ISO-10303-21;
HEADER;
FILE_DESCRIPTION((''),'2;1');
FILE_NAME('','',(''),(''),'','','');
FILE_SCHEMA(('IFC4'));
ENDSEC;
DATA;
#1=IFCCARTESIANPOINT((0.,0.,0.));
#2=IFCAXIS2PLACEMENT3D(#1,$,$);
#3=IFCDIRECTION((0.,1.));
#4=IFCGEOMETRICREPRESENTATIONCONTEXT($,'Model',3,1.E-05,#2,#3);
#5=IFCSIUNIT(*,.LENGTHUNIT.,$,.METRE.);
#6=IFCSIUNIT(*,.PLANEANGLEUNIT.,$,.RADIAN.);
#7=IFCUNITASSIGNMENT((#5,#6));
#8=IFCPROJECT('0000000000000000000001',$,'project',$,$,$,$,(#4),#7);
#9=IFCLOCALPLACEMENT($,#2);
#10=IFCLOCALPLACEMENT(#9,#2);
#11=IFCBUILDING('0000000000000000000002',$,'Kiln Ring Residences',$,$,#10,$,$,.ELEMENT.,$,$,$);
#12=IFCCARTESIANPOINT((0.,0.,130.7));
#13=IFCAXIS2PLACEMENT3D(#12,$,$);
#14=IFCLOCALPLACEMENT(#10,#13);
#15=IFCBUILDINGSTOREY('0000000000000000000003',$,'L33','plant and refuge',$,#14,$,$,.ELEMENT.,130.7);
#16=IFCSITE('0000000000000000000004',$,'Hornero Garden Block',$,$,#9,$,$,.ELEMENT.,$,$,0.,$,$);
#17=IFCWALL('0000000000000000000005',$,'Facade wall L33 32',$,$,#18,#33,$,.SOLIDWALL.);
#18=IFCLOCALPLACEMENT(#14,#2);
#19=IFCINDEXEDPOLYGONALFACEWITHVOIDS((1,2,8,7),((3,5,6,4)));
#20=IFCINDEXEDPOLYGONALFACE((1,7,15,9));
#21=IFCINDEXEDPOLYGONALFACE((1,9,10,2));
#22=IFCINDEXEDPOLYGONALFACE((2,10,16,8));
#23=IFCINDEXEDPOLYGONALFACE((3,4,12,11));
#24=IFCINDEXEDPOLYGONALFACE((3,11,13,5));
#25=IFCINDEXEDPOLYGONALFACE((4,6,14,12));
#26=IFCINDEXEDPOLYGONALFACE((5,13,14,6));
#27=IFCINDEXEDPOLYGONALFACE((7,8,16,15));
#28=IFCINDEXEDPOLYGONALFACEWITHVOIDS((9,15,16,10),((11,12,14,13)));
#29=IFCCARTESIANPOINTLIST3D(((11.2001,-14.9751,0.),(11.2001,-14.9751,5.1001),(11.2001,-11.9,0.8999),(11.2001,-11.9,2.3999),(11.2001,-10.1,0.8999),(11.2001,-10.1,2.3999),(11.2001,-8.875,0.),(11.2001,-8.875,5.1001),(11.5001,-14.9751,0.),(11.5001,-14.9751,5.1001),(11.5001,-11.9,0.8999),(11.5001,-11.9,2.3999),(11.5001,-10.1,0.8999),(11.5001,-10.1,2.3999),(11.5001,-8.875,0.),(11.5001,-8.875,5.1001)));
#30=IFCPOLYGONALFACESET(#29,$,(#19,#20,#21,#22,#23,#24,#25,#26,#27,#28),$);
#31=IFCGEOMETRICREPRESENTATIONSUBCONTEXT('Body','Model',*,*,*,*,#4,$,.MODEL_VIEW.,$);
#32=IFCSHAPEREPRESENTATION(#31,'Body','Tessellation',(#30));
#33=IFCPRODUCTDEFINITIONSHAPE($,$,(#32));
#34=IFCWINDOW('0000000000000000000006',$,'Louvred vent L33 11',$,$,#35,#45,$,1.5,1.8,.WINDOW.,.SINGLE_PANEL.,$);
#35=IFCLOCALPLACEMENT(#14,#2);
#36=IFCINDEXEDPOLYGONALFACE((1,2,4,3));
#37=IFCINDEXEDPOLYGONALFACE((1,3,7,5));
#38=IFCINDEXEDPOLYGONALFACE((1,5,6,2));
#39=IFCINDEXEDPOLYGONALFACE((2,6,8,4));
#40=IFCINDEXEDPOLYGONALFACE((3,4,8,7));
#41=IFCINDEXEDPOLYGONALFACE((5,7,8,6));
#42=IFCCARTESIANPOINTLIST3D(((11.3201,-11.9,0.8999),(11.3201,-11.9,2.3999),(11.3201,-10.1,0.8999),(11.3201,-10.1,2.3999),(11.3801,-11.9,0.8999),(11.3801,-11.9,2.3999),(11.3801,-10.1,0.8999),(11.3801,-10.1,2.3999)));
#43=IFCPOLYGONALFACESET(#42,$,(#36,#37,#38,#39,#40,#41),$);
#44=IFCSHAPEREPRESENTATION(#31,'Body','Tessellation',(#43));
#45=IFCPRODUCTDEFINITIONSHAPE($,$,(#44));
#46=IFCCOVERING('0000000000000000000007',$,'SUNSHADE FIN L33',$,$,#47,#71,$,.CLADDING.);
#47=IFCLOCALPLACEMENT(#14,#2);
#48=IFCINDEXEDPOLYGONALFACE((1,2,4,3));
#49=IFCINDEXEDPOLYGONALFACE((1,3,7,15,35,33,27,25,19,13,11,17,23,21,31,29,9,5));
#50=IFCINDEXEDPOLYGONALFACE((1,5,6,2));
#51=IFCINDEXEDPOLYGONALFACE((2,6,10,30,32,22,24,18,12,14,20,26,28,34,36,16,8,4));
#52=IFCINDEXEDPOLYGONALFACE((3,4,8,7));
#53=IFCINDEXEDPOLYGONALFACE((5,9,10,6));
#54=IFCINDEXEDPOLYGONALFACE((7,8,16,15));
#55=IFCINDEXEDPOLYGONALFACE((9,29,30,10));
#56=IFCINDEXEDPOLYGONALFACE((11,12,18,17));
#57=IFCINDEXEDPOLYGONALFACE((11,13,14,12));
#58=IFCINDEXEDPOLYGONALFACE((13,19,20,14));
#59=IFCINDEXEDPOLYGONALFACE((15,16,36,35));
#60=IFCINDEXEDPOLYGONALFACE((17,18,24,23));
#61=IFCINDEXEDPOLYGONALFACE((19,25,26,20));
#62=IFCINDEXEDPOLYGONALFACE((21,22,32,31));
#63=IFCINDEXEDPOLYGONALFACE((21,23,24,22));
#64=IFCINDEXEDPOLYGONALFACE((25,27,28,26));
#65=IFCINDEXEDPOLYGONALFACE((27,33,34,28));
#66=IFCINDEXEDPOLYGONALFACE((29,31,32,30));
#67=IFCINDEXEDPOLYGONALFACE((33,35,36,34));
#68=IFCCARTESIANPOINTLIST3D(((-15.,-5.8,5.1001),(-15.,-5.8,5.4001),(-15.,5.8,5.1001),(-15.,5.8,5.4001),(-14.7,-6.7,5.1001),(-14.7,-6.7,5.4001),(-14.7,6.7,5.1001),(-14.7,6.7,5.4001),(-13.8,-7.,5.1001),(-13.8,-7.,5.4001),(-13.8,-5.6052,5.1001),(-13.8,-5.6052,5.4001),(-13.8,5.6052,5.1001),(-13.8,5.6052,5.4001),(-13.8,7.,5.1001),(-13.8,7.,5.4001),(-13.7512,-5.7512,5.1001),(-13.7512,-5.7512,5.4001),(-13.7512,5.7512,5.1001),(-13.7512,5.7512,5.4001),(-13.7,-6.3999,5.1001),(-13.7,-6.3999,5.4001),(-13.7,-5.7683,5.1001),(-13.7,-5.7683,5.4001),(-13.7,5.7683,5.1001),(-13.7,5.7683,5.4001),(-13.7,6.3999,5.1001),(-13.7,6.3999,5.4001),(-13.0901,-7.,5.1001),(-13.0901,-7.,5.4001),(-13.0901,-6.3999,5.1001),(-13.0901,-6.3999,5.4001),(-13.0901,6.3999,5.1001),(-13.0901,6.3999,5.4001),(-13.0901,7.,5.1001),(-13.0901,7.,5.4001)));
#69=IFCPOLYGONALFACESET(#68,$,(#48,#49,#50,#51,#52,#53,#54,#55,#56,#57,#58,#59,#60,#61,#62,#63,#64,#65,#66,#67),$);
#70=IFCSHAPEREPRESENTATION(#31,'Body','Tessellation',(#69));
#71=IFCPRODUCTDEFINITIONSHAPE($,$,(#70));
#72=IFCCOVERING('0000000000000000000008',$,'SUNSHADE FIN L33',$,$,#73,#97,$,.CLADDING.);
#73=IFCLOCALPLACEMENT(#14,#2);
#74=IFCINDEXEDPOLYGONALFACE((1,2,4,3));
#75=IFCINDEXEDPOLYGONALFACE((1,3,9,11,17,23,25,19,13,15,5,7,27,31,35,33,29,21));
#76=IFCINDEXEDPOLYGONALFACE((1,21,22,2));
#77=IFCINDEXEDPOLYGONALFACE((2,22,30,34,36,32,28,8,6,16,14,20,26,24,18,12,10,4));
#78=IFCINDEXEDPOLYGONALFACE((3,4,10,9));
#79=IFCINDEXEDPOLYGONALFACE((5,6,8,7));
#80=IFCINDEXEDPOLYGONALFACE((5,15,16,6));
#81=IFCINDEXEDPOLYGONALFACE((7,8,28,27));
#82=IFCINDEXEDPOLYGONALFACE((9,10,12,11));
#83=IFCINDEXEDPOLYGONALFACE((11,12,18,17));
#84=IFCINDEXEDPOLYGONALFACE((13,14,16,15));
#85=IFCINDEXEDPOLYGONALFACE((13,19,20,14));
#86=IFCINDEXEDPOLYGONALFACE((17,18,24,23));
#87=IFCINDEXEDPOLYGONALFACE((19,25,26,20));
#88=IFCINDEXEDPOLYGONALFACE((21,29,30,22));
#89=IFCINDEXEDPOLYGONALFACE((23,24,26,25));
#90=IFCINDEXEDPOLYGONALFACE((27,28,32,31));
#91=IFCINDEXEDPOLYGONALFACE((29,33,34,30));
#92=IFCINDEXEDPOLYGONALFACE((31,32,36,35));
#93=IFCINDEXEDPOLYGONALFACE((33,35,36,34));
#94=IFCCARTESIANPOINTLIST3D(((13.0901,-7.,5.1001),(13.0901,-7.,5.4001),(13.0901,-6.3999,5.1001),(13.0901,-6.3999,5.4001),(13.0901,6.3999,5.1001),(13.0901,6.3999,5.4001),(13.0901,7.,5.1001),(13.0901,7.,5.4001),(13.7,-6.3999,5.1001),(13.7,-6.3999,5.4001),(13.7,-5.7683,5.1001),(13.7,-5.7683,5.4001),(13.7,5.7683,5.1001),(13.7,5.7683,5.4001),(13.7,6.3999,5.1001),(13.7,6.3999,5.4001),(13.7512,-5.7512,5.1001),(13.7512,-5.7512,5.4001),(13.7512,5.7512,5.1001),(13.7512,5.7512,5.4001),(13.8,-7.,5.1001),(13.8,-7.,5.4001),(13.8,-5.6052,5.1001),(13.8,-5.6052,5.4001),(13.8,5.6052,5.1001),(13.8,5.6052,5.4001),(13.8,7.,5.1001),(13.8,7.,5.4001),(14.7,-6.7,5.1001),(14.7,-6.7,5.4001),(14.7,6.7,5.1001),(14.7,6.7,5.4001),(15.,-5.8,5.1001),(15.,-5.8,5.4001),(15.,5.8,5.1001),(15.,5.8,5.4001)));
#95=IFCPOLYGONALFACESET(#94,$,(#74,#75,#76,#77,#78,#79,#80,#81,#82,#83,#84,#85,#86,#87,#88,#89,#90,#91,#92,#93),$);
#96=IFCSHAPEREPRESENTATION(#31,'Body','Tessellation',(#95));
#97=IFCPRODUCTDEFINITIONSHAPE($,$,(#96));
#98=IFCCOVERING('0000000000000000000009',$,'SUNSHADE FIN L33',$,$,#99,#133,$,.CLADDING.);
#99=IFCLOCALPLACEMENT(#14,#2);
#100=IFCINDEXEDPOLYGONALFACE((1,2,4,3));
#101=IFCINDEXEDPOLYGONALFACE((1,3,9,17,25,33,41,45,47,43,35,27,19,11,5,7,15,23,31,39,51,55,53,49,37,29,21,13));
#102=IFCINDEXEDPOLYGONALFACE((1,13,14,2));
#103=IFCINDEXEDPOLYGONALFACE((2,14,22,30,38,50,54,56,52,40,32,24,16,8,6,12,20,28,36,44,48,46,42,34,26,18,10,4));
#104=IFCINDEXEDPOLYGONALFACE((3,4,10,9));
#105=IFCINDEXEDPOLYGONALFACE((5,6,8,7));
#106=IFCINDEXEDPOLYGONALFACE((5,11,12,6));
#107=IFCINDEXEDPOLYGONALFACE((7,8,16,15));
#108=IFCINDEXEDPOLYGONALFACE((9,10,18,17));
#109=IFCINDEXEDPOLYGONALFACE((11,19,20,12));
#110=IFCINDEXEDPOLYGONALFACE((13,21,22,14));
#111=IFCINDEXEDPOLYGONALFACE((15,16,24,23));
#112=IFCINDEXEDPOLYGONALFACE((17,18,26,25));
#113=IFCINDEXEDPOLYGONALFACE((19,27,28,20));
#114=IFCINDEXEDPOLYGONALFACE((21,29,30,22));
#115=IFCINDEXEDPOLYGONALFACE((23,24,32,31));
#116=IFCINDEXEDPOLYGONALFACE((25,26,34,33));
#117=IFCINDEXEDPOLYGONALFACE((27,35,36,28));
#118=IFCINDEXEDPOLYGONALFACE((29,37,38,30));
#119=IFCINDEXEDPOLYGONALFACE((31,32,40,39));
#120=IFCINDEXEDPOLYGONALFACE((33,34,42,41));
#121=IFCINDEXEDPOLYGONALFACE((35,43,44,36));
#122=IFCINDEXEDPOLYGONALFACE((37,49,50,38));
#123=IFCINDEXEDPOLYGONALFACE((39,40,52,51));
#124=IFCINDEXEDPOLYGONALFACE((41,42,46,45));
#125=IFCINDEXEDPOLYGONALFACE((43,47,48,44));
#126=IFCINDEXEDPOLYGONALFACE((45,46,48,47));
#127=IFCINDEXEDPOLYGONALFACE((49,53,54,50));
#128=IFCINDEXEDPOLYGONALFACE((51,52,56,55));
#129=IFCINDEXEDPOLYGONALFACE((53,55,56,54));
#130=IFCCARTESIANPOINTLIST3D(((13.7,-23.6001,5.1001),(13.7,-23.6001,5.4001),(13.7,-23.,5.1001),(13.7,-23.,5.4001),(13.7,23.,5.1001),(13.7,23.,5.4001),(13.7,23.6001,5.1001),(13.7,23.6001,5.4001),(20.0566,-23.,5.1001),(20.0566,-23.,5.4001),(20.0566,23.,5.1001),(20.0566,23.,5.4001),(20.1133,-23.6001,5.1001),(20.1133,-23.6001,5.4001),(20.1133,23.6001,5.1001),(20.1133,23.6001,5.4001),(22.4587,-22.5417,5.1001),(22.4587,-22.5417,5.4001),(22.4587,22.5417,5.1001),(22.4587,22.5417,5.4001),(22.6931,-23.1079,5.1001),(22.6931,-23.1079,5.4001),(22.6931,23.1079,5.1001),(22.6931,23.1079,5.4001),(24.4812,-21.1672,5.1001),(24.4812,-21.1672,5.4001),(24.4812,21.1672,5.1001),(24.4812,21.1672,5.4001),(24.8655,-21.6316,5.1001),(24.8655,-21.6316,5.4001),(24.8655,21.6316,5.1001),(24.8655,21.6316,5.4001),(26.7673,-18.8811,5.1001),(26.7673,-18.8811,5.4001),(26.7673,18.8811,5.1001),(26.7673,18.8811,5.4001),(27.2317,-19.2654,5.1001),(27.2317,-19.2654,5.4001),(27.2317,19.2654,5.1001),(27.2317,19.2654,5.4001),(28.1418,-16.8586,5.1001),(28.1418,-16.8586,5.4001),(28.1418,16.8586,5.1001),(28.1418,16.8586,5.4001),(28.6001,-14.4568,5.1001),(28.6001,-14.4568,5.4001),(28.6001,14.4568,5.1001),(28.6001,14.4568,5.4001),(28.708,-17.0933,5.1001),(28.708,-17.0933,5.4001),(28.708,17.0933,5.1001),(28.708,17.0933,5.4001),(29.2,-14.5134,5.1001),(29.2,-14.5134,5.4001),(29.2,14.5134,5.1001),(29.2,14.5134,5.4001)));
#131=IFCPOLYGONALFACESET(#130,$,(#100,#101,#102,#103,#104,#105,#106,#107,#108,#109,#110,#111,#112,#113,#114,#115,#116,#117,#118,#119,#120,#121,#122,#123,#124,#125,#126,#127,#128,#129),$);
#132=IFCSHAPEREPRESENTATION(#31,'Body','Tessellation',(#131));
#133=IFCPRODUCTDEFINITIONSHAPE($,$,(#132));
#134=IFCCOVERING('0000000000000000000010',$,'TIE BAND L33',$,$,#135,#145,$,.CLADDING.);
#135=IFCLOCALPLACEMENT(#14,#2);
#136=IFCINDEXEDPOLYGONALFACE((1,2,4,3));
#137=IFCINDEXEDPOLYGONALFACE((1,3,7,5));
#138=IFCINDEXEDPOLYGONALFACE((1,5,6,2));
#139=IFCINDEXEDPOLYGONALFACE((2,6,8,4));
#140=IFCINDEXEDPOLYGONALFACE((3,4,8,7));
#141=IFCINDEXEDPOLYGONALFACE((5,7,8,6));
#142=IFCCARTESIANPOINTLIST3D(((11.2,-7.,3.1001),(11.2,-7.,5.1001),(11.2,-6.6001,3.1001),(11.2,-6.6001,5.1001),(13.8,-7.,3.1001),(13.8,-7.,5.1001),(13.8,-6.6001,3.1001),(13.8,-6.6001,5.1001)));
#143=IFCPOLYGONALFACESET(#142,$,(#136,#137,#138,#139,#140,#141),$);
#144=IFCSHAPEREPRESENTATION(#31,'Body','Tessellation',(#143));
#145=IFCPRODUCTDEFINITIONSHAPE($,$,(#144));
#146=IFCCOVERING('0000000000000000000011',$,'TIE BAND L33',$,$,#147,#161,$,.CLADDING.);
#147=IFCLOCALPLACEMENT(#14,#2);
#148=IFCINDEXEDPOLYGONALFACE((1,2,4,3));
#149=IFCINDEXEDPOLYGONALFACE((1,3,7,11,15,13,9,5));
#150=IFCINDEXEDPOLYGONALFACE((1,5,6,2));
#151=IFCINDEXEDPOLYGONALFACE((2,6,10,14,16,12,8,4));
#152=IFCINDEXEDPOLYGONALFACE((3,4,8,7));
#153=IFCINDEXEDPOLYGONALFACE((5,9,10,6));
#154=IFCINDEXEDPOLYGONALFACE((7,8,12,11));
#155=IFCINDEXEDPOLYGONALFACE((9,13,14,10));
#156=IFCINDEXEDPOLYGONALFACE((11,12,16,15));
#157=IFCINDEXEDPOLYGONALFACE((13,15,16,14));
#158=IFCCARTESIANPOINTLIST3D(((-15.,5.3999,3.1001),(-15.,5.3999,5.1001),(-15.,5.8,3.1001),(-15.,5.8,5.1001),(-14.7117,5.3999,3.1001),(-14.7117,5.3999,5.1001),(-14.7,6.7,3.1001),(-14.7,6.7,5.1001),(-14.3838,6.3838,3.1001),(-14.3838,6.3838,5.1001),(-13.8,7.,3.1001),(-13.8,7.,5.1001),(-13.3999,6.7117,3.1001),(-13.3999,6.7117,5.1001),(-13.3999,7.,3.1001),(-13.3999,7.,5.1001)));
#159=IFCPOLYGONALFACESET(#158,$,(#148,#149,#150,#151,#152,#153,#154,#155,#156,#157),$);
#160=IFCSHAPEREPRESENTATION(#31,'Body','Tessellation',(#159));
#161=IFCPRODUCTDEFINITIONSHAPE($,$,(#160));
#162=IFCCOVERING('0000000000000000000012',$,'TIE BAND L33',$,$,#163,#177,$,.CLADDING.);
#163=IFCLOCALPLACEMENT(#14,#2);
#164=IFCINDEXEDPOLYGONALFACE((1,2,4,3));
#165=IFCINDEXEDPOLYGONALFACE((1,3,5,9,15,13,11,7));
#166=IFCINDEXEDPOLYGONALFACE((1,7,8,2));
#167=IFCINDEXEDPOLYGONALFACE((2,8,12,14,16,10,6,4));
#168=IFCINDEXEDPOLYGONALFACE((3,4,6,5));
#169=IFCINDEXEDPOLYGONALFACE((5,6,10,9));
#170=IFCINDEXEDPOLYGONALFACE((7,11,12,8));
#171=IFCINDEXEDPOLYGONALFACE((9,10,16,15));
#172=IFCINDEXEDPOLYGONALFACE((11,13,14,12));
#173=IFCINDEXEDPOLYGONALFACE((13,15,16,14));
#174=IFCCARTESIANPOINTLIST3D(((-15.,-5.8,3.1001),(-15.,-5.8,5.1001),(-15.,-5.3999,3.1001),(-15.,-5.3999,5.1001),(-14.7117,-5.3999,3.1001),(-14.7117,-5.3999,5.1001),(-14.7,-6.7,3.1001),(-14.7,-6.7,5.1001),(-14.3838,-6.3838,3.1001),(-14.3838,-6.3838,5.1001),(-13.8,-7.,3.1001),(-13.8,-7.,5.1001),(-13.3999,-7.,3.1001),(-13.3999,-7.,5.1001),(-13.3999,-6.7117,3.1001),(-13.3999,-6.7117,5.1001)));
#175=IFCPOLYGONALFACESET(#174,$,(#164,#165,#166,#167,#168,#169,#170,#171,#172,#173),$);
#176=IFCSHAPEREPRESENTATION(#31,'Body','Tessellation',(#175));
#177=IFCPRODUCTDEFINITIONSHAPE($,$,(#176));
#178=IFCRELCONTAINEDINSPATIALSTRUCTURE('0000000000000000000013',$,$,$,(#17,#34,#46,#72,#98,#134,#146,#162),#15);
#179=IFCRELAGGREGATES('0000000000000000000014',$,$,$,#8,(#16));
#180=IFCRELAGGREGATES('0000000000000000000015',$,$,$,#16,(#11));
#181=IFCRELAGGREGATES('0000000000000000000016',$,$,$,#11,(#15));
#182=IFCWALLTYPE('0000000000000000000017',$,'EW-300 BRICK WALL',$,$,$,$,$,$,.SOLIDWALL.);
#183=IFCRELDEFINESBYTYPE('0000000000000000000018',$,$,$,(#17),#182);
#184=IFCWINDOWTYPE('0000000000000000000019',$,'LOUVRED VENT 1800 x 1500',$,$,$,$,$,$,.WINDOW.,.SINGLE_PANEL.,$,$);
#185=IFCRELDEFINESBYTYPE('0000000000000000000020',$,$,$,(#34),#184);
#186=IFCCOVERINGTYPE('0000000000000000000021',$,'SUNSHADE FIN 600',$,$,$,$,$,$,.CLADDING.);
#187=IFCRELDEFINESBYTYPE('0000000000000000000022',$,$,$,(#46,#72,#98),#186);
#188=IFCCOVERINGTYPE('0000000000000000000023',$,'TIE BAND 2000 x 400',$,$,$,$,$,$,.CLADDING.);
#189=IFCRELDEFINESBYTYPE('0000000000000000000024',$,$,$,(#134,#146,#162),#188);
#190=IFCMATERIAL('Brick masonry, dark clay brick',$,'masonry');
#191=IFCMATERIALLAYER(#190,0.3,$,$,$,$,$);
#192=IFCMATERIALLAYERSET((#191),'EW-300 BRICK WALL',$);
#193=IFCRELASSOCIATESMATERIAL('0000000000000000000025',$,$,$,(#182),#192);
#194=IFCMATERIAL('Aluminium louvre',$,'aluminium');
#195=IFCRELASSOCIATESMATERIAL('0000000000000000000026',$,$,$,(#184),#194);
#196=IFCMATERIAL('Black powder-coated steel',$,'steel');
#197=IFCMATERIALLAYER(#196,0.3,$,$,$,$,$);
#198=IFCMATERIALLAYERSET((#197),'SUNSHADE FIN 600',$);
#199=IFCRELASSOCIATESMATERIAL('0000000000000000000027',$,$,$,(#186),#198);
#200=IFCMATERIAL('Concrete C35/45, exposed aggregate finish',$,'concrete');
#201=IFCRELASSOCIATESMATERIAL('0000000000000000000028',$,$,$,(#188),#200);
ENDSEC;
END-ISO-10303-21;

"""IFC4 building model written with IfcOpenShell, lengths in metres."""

from ifc_helpers import new_model, si_unit, direction, frame, frame_2d, origin, origin_2d, place, context, subcontext, project, spatial, polyline, rectangle, outline, extrude, material, layer, layer_set, type_object, element, fill, save


model = new_model("IFC4")

# Units and contexts
model_context = context("Model", 3, precision=1e-05, world=origin(), true_north=direction((0.0, 1.0)))
body_context = subcontext(model_context, "Body", "Model", "MODEL_VIEW")
ifc_project = project(units=[si_unit("LENGTHUNIT", "METRE"), si_unit("PLANEANGLEUNIT", "RADIAN")], contexts=[model_context])

# Site, building, storey
site_placement = place(None, origin())
site = spatial("IfcSite", under=ifc_project, at=site_placement, Name="Hornero Garden Block", CompositionType="ELEMENT", RefElevation=0.0)
building_placement = place(site_placement, origin())
building = spatial("IfcBuilding", under=site, at=building_placement, Name="Kiln Ring Residences", CompositionType="ELEMENT")
storey_placement = place(building_placement, frame((0.0, 0.0, 130.7)))
storey = spatial("IfcBuildingStorey", under=building, at=storey_placement, Name="L33", Description="plant and refuge", CompositionType="ELEMENT", Elevation=130.7)

# Shared definitions
ifc_material_1 = material(Name="Brick masonry, dark clay brick", Category="masonry")
ifc_layer_1 = layer(ifc_material_1, 0.3)
ifc_layer_set_1 = layer_set([ifc_layer_1], Name="EW-300 BRICK WALL")
wall_type_1 = type_object("IfcWallType", Name="EW-300 BRICK WALL", PredefinedType="SOLIDWALL", material=ifc_layer_set_1)
ifc_material_2 = material(Name="Aluminium louvre", Category="aluminium")
window_type = type_object("IfcWindowType", Name="LOUVRED VENT 1800 x 1500", PartitioningType="SINGLE_PANEL", PredefinedType="WINDOW", material=ifc_material_2)

# Wall, opening, window
wall_1_placement = place(storey_placement, frame((11.3501, -8.875, 0.0), z_axis=(0.0, 0.0, 1.0), x_axis=(0.0, -1.0, 0.0)))
wall_1 = element("IfcWall", 1, at=wall_1_placement, inside=storey, type_object=wall_type_1, Name="Facade wall L33 32", PredefinedType="SOLIDWALL", context=body_context, shape_type="SweptSolid", body=[
    extrude(rectangle(XDim=6.1001, YDim=0.3, at=frame_2d((3.05, 0.0))), origin(), (0.0, 0.0, 1.0), 5.1001),
])
opening_1_placement = place(wall_1_placement, frame((1.2251, 0.0, 0.8999)))
opening_1 = element("IfcOpeningElement", 2, at=opening_1_placement, cuts=wall_1, PredefinedType="OPENING", context=body_context, shape_type="SweptSolid", body=[
    extrude(rectangle(XDim=1.8, YDim=1.5, at=frame_2d((0.8999, 0.75))), frame((0.0, 0.1599, 0.0), z_axis=(0.0, -1.0, 0.0), x_axis=(1.0, 0.0, 0.0)), (0.0, 0.0, 1.0), 0.3201),
])
window_1_placement = place(opening_1_placement, origin())
window_1 = element("IfcWindow", 3, at=window_1_placement, inside=storey, type_object=window_type, Name="Louvred vent L33 11", OverallHeight=1.5, OverallWidth=1.8, PartitioningType="SINGLE_PANEL", PredefinedType="WINDOW", context=body_context, shape_type="SweptSolid", body=[
    extrude(rectangle(XDim=1.8, YDim=1.5, at=frame_2d((0.8999, 0.75))), frame((0.0, 0.03, 0.0), z_axis=(0.0, -1.0, 0.0), x_axis=(1.0, 0.0, 0.0)), (0.0, 0.0, 1.0), 0.0601),
])
fill(opening_1, window_1)

# Coverings
ifc_material_3 = material(Name="Black powder-coated steel", Category="steel")
ifc_layer_2 = layer(ifc_material_3, 0.3)
ifc_layer_set_2 = layer_set([ifc_layer_2], Name="SUNSHADE FIN 600")
covering_type_1 = type_object("IfcCoveringType", Name="SUNSHADE FIN 600", PredefinedType="CLADDING", material=ifc_layer_set_2)
placement_1 = place(storey_placement, frame((0.0, 0.0, 5.1001)))
element("IfcCovering", 4, at=placement_1, inside=storey, type_object=covering_type_1, Name="SUNSHADE FIN L33", PredefinedType="CLADDING", context=body_context, shape_type="SweptSolid", body=[
    extrude(outline(polyline([(-13.7, 5.7683), (-13.7, 6.3999), (-13.0901, 6.3999), (-13.0901, 7.0), (-13.8, 7.0), (-14.7, 6.7), (-15.0, 5.8), (-15.0, -5.8), (-14.7, -6.7), (-13.8, -7.0), (-13.0901, -7.0), (-13.0901, -6.3999), (-13.7, -6.3999), (-13.7, -5.7683), (-13.7512, -5.7512), (-13.8, -5.6052), (-13.8, 5.6052), (-13.7512, 5.7512), (-13.7, 5.7683)])), origin(), (0.0, 0.0, 1.0), 0.3),
])
element("IfcCovering", 5, at=placement_1, inside=storey, type_object=covering_type_1, Name="SUNSHADE FIN L33", PredefinedType="CLADDING", context=body_context, shape_type="SweptSolid", body=[
    extrude(outline(polyline([(13.0901, 6.3999), (13.7, 6.3999), (13.7, 5.7683), (13.7512, 5.7512), (13.8, 5.6052), (13.8, -5.6052), (13.7512, -5.7512), (13.7, -5.7683), (13.7, -6.3999), (13.0901, -6.3999), (13.0901, -7.0), (13.8, -7.0), (14.7, -6.7), (15.0, -5.8), (15.0, 5.8), (14.7, 6.7), (13.8, 7.0), (13.0901, 7.0), (13.0901, 6.3999)])), origin(), (0.0, 0.0, 1.0), 0.3),
])
element("IfcCovering", 6, at=placement_1, inside=storey, type_object=covering_type_1, Name="SUNSHADE FIN L33", PredefinedType="CLADDING", context=body_context, shape_type="SweptSolid", body=[
    extrude(outline(polyline([(20.1133, 23.6001), (13.7, 23.6001), (13.7, 23.0), (20.0566, 23.0), (22.4587, 22.5417), (24.4812, 21.1672), (26.7673, 18.8811), (28.1418, 16.8586), (28.6001, 14.4568), (28.6001, -14.4568), (28.1418, -16.8586), (26.7673, -18.8811), (24.4812, -21.1672), (22.4587, -22.5417), (20.0566, -23.0), (13.7, -23.0), (13.7, -23.6001), (20.1133, -23.6001), (22.6931, -23.1079), (24.8655, -21.6316), (27.2317, -19.2654), (28.708, -17.0933), (29.2, -14.5134), (29.2, 14.5134), (28.708, 17.0933), (27.2317, 19.2654), (24.8655, 21.6316), (22.6931, 23.1079), (20.1133, 23.6001)])), origin(), (0.0, 0.0, 1.0), 0.3),
])
ifc_material_4 = material(Name="Concrete C35/45, exposed aggregate finish", Category="concrete")
covering_type_2 = type_object("IfcCoveringType", Name="TIE BAND 2000 x 400", PredefinedType="CLADDING", material=ifc_material_4)
covering_1_placement = place(storey_placement, frame((12.5, -6.8, 3.1001), z_axis=(0.0, 0.0, 1.0), x_axis=(-1.0, 0.0, 0.0)))
element("IfcCovering", 7, at=covering_1_placement, inside=storey, type_object=covering_type_2, Name="TIE BAND L33", PredefinedType="CLADDING", context=body_context, shape_type="SweptSolid", body=[
    extrude(rectangle(XDim=2.6001, YDim=0.3999, at=origin_2d()), origin(), (0.0, 0.0, 1.0), 2.0),
])
placement_2 = place(storey_placement, frame((0.0, 0.0, 3.1001)))
element("IfcCovering", 8, at=placement_2, inside=storey, type_object=covering_type_2, Name="TIE BAND L33", PredefinedType="CLADDING", context=body_context, shape_type="SweptSolid", body=[
    extrude(outline(polyline([(-15.0, 5.8), (-15.0, 5.3999), (-14.7117, 5.3999), (-14.3838, 6.3838), (-13.3999, 6.7117), (-13.3999, 7.0), (-13.8, 7.0), (-14.7, 6.7), (-15.0, 5.8)])), origin(), (0.0, 0.0, 1.0), 2.0),
])
element("IfcCovering", 9, at=placement_2, inside=storey, type_object=covering_type_2, Name="TIE BAND L33", PredefinedType="CLADDING", context=body_context, shape_type="SweptSolid", body=[
    extrude(outline(polyline([(-13.8, -7.0), (-13.3999, -7.0), (-13.3999, -6.7117), (-14.3838, -6.3838), (-14.7117, -5.3999), (-15.0, -5.3999), (-15.0, -5.8), (-14.7, -6.7), (-13.8, -7.0)])), origin(), (0.0, 0.0, 1.0), 2.0),
])

save(model, "model.ifc")
